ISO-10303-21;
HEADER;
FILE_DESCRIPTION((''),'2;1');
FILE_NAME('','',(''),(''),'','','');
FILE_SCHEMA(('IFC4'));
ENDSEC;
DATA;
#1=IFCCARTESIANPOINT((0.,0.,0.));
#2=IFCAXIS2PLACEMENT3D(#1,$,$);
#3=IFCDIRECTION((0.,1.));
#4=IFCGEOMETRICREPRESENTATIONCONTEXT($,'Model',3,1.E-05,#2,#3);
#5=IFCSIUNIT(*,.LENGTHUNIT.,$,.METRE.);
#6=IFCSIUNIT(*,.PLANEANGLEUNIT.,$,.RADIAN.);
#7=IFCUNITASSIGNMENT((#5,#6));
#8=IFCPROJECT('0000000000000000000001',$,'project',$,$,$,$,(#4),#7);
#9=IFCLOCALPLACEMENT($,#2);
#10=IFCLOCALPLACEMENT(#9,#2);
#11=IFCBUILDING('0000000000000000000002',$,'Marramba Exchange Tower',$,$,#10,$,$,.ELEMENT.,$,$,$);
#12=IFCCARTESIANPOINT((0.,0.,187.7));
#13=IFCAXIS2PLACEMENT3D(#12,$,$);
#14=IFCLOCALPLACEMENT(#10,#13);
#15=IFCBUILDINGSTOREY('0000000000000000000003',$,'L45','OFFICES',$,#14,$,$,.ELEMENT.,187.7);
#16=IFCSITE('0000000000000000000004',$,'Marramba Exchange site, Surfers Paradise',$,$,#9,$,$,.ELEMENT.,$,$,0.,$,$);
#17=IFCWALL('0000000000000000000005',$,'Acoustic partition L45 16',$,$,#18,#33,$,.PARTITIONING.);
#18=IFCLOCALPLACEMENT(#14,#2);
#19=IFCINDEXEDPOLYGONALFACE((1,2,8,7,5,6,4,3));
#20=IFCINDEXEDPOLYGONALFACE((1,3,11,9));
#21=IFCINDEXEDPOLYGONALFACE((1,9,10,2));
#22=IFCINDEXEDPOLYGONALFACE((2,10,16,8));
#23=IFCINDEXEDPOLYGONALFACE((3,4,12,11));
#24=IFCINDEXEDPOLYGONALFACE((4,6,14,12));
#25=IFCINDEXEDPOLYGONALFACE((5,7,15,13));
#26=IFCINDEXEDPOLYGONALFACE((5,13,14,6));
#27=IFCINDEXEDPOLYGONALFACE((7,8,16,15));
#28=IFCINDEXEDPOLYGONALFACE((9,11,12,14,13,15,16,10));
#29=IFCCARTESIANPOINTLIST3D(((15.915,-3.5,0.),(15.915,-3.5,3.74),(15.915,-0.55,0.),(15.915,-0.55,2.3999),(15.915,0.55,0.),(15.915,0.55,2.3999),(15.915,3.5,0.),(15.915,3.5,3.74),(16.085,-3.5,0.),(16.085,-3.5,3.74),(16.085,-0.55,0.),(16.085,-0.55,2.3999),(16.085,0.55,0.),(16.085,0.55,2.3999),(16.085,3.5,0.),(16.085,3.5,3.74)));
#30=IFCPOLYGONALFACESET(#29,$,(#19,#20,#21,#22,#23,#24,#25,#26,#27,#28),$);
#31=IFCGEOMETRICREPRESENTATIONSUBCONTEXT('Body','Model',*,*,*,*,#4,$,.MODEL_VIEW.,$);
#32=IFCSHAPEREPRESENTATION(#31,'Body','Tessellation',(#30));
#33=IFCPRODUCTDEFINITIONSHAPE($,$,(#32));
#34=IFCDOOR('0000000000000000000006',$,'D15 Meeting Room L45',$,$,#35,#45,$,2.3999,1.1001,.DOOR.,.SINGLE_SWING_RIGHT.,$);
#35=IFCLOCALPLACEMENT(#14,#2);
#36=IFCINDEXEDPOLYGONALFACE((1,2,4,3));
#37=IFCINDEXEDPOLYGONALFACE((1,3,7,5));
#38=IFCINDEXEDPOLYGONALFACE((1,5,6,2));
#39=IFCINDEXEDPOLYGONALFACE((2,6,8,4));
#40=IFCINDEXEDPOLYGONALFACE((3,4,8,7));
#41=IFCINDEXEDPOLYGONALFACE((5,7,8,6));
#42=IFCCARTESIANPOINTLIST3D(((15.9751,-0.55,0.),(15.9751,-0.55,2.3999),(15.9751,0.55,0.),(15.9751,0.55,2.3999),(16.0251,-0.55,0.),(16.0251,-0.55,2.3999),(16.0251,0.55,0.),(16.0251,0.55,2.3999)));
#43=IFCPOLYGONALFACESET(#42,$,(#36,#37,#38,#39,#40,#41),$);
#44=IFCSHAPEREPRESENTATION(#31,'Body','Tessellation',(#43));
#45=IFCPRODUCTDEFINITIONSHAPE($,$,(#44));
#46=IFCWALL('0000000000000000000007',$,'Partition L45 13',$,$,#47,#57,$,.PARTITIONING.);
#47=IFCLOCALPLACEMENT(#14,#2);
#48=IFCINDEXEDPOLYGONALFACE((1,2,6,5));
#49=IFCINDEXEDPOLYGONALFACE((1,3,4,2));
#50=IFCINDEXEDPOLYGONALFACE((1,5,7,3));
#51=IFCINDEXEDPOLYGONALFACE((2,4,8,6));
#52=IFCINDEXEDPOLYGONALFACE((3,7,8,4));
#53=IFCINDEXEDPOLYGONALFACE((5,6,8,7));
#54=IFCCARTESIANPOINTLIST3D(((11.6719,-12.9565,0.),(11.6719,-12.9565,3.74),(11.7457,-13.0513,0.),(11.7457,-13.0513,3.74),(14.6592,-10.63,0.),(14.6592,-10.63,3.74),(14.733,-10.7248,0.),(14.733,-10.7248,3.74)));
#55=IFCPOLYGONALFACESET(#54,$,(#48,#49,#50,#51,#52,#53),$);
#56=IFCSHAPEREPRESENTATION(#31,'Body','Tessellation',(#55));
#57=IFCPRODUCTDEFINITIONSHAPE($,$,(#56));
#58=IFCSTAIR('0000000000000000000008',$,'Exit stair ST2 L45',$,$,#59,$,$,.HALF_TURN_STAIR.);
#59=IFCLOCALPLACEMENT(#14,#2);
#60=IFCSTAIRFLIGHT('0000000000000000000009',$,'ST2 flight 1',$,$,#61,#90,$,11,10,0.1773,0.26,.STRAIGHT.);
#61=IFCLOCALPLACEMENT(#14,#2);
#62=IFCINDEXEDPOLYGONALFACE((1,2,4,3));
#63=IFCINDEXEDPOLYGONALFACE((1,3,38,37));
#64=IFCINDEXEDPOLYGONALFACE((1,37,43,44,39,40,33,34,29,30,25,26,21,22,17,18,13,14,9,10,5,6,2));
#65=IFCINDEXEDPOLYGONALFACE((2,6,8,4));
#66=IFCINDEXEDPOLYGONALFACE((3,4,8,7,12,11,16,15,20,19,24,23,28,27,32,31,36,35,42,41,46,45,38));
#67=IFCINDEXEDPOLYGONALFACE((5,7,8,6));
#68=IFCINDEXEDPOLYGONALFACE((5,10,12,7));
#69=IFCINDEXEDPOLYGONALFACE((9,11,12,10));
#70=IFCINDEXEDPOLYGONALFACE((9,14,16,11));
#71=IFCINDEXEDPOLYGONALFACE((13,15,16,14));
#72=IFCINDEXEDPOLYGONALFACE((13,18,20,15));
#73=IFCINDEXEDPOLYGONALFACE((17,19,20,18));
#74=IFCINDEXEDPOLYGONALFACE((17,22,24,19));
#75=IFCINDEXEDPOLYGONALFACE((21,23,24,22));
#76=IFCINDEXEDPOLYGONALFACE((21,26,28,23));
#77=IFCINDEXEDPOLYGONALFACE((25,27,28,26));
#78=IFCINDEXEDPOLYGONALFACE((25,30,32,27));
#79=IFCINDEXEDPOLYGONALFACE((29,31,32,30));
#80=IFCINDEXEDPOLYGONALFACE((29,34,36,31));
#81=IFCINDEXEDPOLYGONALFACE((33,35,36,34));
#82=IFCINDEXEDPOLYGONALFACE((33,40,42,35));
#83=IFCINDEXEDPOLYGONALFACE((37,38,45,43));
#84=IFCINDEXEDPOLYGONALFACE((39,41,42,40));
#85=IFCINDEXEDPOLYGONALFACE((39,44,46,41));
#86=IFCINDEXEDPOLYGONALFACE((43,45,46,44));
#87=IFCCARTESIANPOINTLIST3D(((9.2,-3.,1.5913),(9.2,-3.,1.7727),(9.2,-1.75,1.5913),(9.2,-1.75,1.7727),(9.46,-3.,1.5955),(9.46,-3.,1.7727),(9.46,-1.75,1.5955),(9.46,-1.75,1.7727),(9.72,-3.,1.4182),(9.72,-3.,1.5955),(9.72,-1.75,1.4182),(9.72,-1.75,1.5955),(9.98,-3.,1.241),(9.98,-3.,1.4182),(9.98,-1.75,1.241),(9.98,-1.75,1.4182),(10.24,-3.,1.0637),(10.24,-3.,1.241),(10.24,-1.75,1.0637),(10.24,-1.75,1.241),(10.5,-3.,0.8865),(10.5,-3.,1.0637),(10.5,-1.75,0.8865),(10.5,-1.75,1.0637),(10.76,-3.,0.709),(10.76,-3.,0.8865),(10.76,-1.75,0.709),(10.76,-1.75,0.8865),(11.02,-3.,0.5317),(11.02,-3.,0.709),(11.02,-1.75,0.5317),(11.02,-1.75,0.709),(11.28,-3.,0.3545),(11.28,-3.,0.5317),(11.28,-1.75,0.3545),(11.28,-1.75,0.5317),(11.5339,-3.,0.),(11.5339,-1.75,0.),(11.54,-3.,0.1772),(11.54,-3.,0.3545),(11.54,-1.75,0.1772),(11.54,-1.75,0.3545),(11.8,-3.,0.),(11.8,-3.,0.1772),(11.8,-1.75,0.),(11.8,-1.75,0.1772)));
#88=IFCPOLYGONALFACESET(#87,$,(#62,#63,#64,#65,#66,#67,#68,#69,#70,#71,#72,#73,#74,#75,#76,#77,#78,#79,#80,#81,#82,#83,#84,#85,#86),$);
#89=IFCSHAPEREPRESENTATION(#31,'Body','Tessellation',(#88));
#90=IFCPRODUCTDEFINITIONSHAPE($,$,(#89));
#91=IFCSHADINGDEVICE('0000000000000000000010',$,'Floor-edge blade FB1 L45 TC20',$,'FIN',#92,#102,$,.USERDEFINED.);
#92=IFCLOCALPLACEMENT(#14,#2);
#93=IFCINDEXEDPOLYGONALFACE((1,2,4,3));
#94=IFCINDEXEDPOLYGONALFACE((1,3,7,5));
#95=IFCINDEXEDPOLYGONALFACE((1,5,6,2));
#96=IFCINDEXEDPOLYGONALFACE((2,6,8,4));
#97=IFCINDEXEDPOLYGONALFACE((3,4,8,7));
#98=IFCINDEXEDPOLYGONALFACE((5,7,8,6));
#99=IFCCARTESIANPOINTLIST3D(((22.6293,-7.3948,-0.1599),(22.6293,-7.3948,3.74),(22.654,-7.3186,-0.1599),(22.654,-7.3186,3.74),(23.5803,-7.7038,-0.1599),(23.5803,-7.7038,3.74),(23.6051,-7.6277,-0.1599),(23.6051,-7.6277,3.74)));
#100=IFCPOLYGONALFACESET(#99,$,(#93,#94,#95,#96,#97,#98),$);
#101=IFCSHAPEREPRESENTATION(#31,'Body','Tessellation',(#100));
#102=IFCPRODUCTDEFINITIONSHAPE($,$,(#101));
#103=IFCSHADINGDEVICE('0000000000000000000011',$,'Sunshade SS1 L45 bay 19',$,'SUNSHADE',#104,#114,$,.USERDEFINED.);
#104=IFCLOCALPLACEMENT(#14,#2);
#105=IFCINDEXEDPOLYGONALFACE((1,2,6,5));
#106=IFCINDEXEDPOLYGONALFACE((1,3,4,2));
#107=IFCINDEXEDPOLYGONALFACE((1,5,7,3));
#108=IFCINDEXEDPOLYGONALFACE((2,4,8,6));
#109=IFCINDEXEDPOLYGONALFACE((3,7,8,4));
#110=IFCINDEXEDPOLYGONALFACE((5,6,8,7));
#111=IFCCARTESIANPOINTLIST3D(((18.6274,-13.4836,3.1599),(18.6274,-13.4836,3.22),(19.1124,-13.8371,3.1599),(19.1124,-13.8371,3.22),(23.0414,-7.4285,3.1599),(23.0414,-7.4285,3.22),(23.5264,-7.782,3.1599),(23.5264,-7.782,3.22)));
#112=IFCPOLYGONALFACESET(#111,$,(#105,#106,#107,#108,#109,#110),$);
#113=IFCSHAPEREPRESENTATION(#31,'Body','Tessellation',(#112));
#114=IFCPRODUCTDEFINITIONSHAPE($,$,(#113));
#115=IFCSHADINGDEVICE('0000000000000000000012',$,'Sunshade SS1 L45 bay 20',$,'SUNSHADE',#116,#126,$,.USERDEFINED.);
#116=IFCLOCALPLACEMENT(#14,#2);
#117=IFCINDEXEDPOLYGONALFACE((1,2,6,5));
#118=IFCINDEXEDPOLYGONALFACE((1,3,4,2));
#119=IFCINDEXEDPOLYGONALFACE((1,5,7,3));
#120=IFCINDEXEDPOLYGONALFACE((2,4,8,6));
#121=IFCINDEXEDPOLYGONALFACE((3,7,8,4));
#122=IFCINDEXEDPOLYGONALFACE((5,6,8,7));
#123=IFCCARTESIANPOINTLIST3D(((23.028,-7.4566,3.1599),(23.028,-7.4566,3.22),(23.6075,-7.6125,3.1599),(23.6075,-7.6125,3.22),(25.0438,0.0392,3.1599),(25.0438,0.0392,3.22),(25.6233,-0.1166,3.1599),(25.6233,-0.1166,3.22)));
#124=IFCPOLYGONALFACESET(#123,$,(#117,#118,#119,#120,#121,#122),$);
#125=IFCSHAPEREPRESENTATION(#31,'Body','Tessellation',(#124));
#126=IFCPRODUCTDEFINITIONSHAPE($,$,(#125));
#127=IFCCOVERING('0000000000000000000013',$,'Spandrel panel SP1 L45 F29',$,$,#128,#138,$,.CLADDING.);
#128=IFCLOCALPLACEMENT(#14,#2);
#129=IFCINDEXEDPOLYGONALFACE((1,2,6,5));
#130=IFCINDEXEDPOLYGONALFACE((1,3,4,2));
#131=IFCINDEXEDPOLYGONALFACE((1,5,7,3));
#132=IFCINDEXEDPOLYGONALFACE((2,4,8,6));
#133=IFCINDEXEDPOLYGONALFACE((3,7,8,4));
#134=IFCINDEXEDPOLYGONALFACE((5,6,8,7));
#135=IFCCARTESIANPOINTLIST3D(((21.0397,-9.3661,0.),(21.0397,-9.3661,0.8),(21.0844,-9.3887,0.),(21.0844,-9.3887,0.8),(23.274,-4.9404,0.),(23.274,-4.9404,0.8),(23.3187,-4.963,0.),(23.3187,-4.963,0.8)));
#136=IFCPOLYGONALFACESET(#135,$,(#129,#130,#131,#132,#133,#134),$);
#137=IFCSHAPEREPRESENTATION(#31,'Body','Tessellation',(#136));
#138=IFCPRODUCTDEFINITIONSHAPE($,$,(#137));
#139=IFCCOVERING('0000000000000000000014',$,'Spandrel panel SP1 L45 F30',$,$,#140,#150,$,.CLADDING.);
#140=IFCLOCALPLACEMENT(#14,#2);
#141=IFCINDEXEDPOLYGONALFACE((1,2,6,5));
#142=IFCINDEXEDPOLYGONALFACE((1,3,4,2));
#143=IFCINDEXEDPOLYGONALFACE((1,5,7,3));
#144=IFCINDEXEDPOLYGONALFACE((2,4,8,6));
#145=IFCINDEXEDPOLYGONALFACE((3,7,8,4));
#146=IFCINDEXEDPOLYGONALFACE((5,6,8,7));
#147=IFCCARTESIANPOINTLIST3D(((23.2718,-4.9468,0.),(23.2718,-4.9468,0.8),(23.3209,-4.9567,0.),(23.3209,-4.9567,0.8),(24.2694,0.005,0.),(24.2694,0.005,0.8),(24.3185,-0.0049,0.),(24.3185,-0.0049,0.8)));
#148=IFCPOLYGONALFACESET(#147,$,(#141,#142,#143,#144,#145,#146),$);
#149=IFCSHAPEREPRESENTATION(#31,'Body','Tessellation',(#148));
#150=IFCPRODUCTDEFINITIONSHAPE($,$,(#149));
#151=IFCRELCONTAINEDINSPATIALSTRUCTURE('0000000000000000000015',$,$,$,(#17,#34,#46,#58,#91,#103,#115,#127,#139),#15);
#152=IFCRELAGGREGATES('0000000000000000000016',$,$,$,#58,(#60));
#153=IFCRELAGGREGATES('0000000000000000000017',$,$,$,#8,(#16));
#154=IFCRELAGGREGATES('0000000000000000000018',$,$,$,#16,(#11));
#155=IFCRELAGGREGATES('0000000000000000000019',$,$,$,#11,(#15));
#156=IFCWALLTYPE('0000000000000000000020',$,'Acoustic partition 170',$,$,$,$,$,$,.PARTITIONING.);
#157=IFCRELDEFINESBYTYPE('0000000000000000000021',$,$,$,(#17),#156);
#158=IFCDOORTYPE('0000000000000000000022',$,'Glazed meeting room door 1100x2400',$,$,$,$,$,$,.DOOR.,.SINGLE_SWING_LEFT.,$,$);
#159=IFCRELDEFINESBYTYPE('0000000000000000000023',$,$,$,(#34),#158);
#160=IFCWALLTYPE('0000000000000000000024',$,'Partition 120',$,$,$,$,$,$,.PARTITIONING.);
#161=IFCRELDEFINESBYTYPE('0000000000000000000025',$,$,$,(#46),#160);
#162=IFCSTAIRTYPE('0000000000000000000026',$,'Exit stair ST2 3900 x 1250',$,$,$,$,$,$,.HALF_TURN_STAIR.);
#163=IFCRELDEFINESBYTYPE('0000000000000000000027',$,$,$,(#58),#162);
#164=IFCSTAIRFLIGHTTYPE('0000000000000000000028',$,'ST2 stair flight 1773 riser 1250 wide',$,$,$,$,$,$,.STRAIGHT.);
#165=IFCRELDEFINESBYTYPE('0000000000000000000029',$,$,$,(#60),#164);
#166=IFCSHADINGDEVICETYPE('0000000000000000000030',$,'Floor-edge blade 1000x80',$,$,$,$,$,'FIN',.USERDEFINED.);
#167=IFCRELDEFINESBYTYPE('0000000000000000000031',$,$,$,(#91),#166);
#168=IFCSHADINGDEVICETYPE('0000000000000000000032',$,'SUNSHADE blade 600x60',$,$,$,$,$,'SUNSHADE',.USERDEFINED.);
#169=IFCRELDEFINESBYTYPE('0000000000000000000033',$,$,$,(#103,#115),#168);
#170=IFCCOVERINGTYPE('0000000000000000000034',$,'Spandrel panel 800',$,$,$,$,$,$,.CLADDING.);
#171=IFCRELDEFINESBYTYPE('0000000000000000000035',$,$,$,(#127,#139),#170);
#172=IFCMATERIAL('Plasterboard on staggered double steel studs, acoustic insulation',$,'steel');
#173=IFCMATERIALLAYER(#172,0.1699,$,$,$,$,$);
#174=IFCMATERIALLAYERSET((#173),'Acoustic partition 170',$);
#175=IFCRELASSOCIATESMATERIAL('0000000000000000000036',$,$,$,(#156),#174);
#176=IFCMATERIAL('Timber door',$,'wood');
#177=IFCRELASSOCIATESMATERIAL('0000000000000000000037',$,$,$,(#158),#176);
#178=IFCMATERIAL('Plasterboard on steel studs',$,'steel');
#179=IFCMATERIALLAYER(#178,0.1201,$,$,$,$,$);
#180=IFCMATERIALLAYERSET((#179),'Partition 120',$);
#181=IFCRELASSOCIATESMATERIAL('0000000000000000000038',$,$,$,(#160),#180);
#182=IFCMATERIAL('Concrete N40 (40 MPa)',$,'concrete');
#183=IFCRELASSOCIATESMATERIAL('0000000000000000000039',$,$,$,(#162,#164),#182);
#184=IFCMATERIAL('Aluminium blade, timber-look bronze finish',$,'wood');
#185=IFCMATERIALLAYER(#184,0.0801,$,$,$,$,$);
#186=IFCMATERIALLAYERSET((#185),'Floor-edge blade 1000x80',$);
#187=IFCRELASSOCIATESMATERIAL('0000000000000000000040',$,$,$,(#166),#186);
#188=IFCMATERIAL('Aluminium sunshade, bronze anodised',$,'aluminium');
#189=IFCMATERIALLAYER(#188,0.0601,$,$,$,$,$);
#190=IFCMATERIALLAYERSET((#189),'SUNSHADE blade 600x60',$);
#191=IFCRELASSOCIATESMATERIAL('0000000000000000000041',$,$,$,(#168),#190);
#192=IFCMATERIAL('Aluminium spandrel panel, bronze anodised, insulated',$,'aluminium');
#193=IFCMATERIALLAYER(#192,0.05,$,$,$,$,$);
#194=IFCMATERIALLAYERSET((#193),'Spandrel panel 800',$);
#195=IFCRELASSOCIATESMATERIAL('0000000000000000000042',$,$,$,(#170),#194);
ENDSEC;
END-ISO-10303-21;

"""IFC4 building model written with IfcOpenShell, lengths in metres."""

from ifc_helpers import new_model, si_unit, direction, frame, frame_2d, origin, origin_2d, place, context, subcontext, project, spatial, polyline, rectangle, outline, extrude, material, layer, layer_set, type_object, element, fill, aggregate, save


model = new_model("IFC4")

# Units and contexts
model_context = context("Model", 3, precision=1e-05, world=origin(), true_north=direction((0.0, 1.0)))
body_context = subcontext(model_context, "Body", "Model", "MODEL_VIEW")
ifc_project = project(units=[si_unit("LENGTHUNIT", "METRE"), si_unit("PLANEANGLEUNIT", "RADIAN")], contexts=[model_context])

# Site, building, storey
site_placement = place(None, origin())
site = spatial("IfcSite", under=ifc_project, at=site_placement, Name="Marramba Exchange site, Surfers Paradise", CompositionType="ELEMENT", RefElevation=0.0)
building_placement = place(site_placement, origin())
building = spatial("IfcBuilding", under=site, at=building_placement, Name="Marramba Exchange Tower", CompositionType="ELEMENT")
storey_placement = place(building_placement, frame((0.0, 0.0, 187.7)))
storey = spatial("IfcBuildingStorey", under=building, at=storey_placement, Name="L45", Description="OFFICES", CompositionType="ELEMENT", Elevation=187.7)

# Shared definitions
ifc_material_1 = material(Name="Plasterboard on staggered double steel studs, acoustic insulation", Category="steel")
ifc_layer_1 = layer(ifc_material_1, 0.1699)
ifc_layer_set_1 = layer_set([ifc_layer_1], Name="Acoustic partition 170")
wall_type_1 = type_object("IfcWallType", Name="Acoustic partition 170", PredefinedType="PARTITIONING", material=ifc_layer_set_1)

# Wall, opening, door
wall_1_placement = place(storey_placement, frame((16.0, -3.5, 0.0), z_axis=(0.0, 0.0, 1.0), x_axis=(0.0, 1.0, 0.0)))
wall_1 = element("IfcWall", 1, at=wall_1_placement, inside=storey, type_object=wall_type_1, Name="Acoustic partition L45 16", PredefinedType="PARTITIONING", context=body_context, shape_type="SweptSolid", body=[
    extrude(rectangle(XDim=7.0, YDim=0.1699, at=frame_2d((3.5, 0.0))), origin(), (0.0, 0.0, 1.0), 3.74),
])
opening_1_placement = place(wall_1_placement, frame((2.95, 0.0, 0.0)))
opening_1 = element("IfcOpeningElement", 2, at=opening_1_placement, cuts=wall_1, PredefinedType="OPENING", context=body_context, shape_type="SweptSolid", body=[
    extrude(rectangle(XDim=1.1001, YDim=2.3999, at=frame_2d((0.55, 1.2))), frame((0.0, 0.095, 0.0), z_axis=(0.0, -1.0, 0.0), x_axis=(1.0, 0.0, 0.0)), (0.0, 0.0, 1.0), 0.1899),
])
ifc_material_2 = material(Name="Timber door", Category="wood")
door_type_1 = type_object("IfcDoorType", Name="Glazed meeting room door 1100x2400", OperationType="SINGLE_SWING_LEFT", PredefinedType="DOOR", material=ifc_material_2)
door_1_placement = place(opening_1_placement, frame((1.1001, 0.0, 0.0), z_axis=(0.0, 0.0, 1.0), x_axis=(-1.0, 0.0, 0.0)))
door_1 = element("IfcDoor", 3, at=door_1_placement, inside=storey, type_object=door_type_1, Name="D15 Meeting Room L45", OperationType="SINGLE_SWING_RIGHT", OverallHeight=2.3999, OverallWidth=1.1001, PredefinedType="DOOR", context=body_context, shape_type="SweptSolid", body=[
    extrude(rectangle(XDim=1.1001, YDim=2.3999, at=frame_2d((0.55, 1.2))), frame((0.0, 0.0251, 0.0), z_axis=(0.0, -1.0, 0.0), x_axis=(1.0, 0.0, 0.0)), (0.0, 0.0, 1.0), 0.05),
])
fill(opening_1, door_1)

# Wall
ifc_material_3 = material(Name="Plasterboard on steel studs", Category="steel")
ifc_layer_2 = layer(ifc_material_3, 0.1201)
ifc_layer_set_2 = layer_set([ifc_layer_2], Name="Partition 120")
wall_type_2 = type_object("IfcWallType", Name="Partition 120", PredefinedType="PARTITIONING", material=ifc_layer_set_2)
wall_2_placement = place(storey_placement, frame((14.696, -10.6775, 0.0), z_axis=(0.0, 0.0, 1.0), x_axis=(-0.788974, -0.614427, 0.0)))
element("IfcWall", 4, at=wall_2_placement, inside=storey, type_object=wall_type_2, Name="Partition L45 13", PredefinedType="PARTITIONING", context=body_context, shape_type="SweptSolid", body=[
    extrude(rectangle(XDim=3.7864, YDim=0.1201, at=frame_2d((1.8931, 0.0))), origin(), (0.0, 0.0, 1.0), 3.74),
])

# Stair, stair flight
ifc_material_4 = material(Name="Concrete N40 (40 MPa)", Category="concrete")
stair_type = type_object("IfcStairType", Name="Exit stair ST2 3900 x 1250", PredefinedType="HALF_TURN_STAIR", material=ifc_material_4)
stair_placement = place(storey_placement, origin())
stair = element("IfcStair", 5, at=stair_placement, inside=storey, type_object=stair_type, Name="Exit stair ST2 L45", PredefinedType="HALF_TURN_STAIR")
stair_flight_type = type_object("IfcStairFlightType", Name="ST2 stair flight 1773 riser 1250 wide", PredefinedType="STRAIGHT", material=ifc_material_4)
stair_flight_placement = place(storey_placement, frame((11.8, -2.375, 0.0), z_axis=(0.0, 0.0, 1.0), x_axis=(-1.0, 0.0, 0.0)))
stair_flight = element("IfcStairFlight", 6, at=stair_flight_placement, type_object=stair_flight_type, Name="ST2 flight 1", NumberOfRisers=11, NumberOfTreads=10, PredefinedType="STRAIGHT", RiserHeight=0.1773, TreadLength=0.26, context=body_context, shape_type="SweptSolid", body=[
    extrude(outline(polyline([(0.0, 0.0), (0.0, 0.1772), (0.26, 0.1772), (0.26, 0.3545), (0.52, 0.3545), (0.52, 0.5317), (0.78, 0.5317), (0.78, 0.709), (1.04, 0.709), (1.04, 0.8865), (1.3, 0.8865), (1.3, 1.0637), (1.5601, 1.0637), (1.5601, 1.241), (1.8201, 1.241), (1.8201, 1.4182), (2.0801, 1.4182), (2.0801, 1.5955), (2.3401, 1.5955), (2.3401, 1.7727), (2.6001, 1.7727), (2.6001, 1.95), (2.6001, 1.5913), (0.2661, 0.0), (0.0, 0.0)])), frame((0.0, 0.625, 0.0), z_axis=(0.0, -1.0, 0.0), x_axis=(1.0, 0.0, 0.0)), (0.0, 0.0, 1.0), 1.25),
])
aggregate(stair, [stair_flight])

# Shading devices
ifc_material_5 = material(Name="Aluminium blade, timber-look bronze finish", Category="wood")
ifc_layer_3 = layer(ifc_material_5, 0.0801)
ifc_layer_set_3 = layer_set([ifc_layer_3], Name="Floor-edge blade 1000x80")
shading_device_type_1 = type_object("IfcShadingDeviceType", Name="Floor-edge blade 1000x80", ElementType="FIN", PredefinedType="USERDEFINED", material=ifc_layer_set_3)
shading_device_1_placement = place(storey_placement, frame((23.1172, -7.5112, -0.1599), z_axis=(0.0, 0.0, 1.0), x_axis=(0.951057, -0.309017, 0.0)))
element("IfcShadingDevice", 7, at=shading_device_1_placement, inside=storey, type_object=shading_device_type_1, Name="Floor-edge blade FB1 L45 TC20", ObjectType="FIN", PredefinedType="USERDEFINED", context=body_context, shape_type="SweptSolid", body=[
    extrude(rectangle(XDim=1.0, YDim=0.0801, at=origin_2d()), origin(), (0.0, 0.0, 1.0), 3.8999),
])
ifc_material_6 = material(Name="Aluminium sunshade, bronze anodised", Category="aluminium")
ifc_layer_4 = layer(ifc_material_6, 0.0601)
ifc_layer_set_4 = layer_set([ifc_layer_4], Name="SUNSHADE blade 600x60")
shading_device_type_2 = type_object("IfcShadingDeviceType", Name="SUNSHADE blade 600x60", ElementType="SUNSHADE", PredefinedType="USERDEFINED", material=ifc_layer_set_4)
shading_device_2_placement = place(storey_placement, frame((21.0769, -10.6328, 3.1599), z_axis=(0.0, 0.0, 1.0), x_axis=(0.589072, 0.808081, 0.0)))
element("IfcShadingDevice", 8, at=shading_device_2_placement, inside=storey, type_object=shading_device_type_2, Name="Sunshade SS1 L45 bay 19", ObjectType="SUNSHADE", PredefinedType="USERDEFINED", context=body_context, shape_type="SweptSolid", body=[
    extrude(rectangle(XDim=7.4932, YDim=0.6001, at=origin_2d()), origin(), (0.0, 0.0, 1.0), 0.0601),
])
shading_device_3_placement = place(storey_placement, frame((24.3257, -3.7866, 3.1599), z_axis=(0.0, 0.0, 1.0), x_axis=(0.259692, 0.965691, 0.0)))
element("IfcShadingDevice", 9, at=shading_device_3_placement, inside=storey, type_object=shading_device_type_2, Name="Sunshade SS1 L45 bay 20", ObjectType="SUNSHADE", PredefinedType="USERDEFINED", context=body_context, shape_type="SweptSolid", body=[
    extrude(rectangle(XDim=7.7622, YDim=0.6001, at=origin_2d()), origin(), (0.0, 0.0, 1.0), 0.0601),
])

# Coverings
ifc_material_7 = material(Name="Aluminium spandrel panel, bronze anodised, insulated", Category="aluminium")
ifc_layer_5 = layer(ifc_material_7, 0.05)
ifc_layer_set_5 = layer_set([ifc_layer_5], Name="Spandrel panel 800")
covering_type = type_object("IfcCoveringType", Name="Spandrel panel 800", PredefinedType="CLADDING", material=ifc_layer_set_5)
covering_1_placement = place(storey_placement, frame((22.1792, -7.1646, 0.0), z_axis=(0.0, 0.0, 1.0), x_axis=(0.450673, 0.892689, 0.0)))
element("IfcCovering", 10, at=covering_1_placement, inside=storey, type_object=covering_type, Name="Spandrel panel SP1 L45 F29", PredefinedType="CLADDING", context=body_context, shape_type="SweptSolid", body=[
    extrude(rectangle(XDim=4.9578, YDim=0.05, at=origin_2d()), origin(), (0.0, 0.0, 1.0), 0.8),
])
covering_2_placement = place(storey_placement, frame((23.7952, -2.4758, 0.0), z_axis=(0.0, 0.0, 1.0), x_axis=(0.197495, 0.980304, 0.0)))
element("IfcCovering", 11, at=covering_2_placement, inside=storey, type_object=covering_type, Name="Spandrel panel SP1 L45 F30", PredefinedType="CLADDING", context=body_context, shape_type="SweptSolid", body=[
    extrude(rectangle(XDim=5.0513, YDim=0.05, at=origin_2d()), origin(), (0.0, 0.0, 1.0), 0.8),
])

save(model, "model.ifc")
